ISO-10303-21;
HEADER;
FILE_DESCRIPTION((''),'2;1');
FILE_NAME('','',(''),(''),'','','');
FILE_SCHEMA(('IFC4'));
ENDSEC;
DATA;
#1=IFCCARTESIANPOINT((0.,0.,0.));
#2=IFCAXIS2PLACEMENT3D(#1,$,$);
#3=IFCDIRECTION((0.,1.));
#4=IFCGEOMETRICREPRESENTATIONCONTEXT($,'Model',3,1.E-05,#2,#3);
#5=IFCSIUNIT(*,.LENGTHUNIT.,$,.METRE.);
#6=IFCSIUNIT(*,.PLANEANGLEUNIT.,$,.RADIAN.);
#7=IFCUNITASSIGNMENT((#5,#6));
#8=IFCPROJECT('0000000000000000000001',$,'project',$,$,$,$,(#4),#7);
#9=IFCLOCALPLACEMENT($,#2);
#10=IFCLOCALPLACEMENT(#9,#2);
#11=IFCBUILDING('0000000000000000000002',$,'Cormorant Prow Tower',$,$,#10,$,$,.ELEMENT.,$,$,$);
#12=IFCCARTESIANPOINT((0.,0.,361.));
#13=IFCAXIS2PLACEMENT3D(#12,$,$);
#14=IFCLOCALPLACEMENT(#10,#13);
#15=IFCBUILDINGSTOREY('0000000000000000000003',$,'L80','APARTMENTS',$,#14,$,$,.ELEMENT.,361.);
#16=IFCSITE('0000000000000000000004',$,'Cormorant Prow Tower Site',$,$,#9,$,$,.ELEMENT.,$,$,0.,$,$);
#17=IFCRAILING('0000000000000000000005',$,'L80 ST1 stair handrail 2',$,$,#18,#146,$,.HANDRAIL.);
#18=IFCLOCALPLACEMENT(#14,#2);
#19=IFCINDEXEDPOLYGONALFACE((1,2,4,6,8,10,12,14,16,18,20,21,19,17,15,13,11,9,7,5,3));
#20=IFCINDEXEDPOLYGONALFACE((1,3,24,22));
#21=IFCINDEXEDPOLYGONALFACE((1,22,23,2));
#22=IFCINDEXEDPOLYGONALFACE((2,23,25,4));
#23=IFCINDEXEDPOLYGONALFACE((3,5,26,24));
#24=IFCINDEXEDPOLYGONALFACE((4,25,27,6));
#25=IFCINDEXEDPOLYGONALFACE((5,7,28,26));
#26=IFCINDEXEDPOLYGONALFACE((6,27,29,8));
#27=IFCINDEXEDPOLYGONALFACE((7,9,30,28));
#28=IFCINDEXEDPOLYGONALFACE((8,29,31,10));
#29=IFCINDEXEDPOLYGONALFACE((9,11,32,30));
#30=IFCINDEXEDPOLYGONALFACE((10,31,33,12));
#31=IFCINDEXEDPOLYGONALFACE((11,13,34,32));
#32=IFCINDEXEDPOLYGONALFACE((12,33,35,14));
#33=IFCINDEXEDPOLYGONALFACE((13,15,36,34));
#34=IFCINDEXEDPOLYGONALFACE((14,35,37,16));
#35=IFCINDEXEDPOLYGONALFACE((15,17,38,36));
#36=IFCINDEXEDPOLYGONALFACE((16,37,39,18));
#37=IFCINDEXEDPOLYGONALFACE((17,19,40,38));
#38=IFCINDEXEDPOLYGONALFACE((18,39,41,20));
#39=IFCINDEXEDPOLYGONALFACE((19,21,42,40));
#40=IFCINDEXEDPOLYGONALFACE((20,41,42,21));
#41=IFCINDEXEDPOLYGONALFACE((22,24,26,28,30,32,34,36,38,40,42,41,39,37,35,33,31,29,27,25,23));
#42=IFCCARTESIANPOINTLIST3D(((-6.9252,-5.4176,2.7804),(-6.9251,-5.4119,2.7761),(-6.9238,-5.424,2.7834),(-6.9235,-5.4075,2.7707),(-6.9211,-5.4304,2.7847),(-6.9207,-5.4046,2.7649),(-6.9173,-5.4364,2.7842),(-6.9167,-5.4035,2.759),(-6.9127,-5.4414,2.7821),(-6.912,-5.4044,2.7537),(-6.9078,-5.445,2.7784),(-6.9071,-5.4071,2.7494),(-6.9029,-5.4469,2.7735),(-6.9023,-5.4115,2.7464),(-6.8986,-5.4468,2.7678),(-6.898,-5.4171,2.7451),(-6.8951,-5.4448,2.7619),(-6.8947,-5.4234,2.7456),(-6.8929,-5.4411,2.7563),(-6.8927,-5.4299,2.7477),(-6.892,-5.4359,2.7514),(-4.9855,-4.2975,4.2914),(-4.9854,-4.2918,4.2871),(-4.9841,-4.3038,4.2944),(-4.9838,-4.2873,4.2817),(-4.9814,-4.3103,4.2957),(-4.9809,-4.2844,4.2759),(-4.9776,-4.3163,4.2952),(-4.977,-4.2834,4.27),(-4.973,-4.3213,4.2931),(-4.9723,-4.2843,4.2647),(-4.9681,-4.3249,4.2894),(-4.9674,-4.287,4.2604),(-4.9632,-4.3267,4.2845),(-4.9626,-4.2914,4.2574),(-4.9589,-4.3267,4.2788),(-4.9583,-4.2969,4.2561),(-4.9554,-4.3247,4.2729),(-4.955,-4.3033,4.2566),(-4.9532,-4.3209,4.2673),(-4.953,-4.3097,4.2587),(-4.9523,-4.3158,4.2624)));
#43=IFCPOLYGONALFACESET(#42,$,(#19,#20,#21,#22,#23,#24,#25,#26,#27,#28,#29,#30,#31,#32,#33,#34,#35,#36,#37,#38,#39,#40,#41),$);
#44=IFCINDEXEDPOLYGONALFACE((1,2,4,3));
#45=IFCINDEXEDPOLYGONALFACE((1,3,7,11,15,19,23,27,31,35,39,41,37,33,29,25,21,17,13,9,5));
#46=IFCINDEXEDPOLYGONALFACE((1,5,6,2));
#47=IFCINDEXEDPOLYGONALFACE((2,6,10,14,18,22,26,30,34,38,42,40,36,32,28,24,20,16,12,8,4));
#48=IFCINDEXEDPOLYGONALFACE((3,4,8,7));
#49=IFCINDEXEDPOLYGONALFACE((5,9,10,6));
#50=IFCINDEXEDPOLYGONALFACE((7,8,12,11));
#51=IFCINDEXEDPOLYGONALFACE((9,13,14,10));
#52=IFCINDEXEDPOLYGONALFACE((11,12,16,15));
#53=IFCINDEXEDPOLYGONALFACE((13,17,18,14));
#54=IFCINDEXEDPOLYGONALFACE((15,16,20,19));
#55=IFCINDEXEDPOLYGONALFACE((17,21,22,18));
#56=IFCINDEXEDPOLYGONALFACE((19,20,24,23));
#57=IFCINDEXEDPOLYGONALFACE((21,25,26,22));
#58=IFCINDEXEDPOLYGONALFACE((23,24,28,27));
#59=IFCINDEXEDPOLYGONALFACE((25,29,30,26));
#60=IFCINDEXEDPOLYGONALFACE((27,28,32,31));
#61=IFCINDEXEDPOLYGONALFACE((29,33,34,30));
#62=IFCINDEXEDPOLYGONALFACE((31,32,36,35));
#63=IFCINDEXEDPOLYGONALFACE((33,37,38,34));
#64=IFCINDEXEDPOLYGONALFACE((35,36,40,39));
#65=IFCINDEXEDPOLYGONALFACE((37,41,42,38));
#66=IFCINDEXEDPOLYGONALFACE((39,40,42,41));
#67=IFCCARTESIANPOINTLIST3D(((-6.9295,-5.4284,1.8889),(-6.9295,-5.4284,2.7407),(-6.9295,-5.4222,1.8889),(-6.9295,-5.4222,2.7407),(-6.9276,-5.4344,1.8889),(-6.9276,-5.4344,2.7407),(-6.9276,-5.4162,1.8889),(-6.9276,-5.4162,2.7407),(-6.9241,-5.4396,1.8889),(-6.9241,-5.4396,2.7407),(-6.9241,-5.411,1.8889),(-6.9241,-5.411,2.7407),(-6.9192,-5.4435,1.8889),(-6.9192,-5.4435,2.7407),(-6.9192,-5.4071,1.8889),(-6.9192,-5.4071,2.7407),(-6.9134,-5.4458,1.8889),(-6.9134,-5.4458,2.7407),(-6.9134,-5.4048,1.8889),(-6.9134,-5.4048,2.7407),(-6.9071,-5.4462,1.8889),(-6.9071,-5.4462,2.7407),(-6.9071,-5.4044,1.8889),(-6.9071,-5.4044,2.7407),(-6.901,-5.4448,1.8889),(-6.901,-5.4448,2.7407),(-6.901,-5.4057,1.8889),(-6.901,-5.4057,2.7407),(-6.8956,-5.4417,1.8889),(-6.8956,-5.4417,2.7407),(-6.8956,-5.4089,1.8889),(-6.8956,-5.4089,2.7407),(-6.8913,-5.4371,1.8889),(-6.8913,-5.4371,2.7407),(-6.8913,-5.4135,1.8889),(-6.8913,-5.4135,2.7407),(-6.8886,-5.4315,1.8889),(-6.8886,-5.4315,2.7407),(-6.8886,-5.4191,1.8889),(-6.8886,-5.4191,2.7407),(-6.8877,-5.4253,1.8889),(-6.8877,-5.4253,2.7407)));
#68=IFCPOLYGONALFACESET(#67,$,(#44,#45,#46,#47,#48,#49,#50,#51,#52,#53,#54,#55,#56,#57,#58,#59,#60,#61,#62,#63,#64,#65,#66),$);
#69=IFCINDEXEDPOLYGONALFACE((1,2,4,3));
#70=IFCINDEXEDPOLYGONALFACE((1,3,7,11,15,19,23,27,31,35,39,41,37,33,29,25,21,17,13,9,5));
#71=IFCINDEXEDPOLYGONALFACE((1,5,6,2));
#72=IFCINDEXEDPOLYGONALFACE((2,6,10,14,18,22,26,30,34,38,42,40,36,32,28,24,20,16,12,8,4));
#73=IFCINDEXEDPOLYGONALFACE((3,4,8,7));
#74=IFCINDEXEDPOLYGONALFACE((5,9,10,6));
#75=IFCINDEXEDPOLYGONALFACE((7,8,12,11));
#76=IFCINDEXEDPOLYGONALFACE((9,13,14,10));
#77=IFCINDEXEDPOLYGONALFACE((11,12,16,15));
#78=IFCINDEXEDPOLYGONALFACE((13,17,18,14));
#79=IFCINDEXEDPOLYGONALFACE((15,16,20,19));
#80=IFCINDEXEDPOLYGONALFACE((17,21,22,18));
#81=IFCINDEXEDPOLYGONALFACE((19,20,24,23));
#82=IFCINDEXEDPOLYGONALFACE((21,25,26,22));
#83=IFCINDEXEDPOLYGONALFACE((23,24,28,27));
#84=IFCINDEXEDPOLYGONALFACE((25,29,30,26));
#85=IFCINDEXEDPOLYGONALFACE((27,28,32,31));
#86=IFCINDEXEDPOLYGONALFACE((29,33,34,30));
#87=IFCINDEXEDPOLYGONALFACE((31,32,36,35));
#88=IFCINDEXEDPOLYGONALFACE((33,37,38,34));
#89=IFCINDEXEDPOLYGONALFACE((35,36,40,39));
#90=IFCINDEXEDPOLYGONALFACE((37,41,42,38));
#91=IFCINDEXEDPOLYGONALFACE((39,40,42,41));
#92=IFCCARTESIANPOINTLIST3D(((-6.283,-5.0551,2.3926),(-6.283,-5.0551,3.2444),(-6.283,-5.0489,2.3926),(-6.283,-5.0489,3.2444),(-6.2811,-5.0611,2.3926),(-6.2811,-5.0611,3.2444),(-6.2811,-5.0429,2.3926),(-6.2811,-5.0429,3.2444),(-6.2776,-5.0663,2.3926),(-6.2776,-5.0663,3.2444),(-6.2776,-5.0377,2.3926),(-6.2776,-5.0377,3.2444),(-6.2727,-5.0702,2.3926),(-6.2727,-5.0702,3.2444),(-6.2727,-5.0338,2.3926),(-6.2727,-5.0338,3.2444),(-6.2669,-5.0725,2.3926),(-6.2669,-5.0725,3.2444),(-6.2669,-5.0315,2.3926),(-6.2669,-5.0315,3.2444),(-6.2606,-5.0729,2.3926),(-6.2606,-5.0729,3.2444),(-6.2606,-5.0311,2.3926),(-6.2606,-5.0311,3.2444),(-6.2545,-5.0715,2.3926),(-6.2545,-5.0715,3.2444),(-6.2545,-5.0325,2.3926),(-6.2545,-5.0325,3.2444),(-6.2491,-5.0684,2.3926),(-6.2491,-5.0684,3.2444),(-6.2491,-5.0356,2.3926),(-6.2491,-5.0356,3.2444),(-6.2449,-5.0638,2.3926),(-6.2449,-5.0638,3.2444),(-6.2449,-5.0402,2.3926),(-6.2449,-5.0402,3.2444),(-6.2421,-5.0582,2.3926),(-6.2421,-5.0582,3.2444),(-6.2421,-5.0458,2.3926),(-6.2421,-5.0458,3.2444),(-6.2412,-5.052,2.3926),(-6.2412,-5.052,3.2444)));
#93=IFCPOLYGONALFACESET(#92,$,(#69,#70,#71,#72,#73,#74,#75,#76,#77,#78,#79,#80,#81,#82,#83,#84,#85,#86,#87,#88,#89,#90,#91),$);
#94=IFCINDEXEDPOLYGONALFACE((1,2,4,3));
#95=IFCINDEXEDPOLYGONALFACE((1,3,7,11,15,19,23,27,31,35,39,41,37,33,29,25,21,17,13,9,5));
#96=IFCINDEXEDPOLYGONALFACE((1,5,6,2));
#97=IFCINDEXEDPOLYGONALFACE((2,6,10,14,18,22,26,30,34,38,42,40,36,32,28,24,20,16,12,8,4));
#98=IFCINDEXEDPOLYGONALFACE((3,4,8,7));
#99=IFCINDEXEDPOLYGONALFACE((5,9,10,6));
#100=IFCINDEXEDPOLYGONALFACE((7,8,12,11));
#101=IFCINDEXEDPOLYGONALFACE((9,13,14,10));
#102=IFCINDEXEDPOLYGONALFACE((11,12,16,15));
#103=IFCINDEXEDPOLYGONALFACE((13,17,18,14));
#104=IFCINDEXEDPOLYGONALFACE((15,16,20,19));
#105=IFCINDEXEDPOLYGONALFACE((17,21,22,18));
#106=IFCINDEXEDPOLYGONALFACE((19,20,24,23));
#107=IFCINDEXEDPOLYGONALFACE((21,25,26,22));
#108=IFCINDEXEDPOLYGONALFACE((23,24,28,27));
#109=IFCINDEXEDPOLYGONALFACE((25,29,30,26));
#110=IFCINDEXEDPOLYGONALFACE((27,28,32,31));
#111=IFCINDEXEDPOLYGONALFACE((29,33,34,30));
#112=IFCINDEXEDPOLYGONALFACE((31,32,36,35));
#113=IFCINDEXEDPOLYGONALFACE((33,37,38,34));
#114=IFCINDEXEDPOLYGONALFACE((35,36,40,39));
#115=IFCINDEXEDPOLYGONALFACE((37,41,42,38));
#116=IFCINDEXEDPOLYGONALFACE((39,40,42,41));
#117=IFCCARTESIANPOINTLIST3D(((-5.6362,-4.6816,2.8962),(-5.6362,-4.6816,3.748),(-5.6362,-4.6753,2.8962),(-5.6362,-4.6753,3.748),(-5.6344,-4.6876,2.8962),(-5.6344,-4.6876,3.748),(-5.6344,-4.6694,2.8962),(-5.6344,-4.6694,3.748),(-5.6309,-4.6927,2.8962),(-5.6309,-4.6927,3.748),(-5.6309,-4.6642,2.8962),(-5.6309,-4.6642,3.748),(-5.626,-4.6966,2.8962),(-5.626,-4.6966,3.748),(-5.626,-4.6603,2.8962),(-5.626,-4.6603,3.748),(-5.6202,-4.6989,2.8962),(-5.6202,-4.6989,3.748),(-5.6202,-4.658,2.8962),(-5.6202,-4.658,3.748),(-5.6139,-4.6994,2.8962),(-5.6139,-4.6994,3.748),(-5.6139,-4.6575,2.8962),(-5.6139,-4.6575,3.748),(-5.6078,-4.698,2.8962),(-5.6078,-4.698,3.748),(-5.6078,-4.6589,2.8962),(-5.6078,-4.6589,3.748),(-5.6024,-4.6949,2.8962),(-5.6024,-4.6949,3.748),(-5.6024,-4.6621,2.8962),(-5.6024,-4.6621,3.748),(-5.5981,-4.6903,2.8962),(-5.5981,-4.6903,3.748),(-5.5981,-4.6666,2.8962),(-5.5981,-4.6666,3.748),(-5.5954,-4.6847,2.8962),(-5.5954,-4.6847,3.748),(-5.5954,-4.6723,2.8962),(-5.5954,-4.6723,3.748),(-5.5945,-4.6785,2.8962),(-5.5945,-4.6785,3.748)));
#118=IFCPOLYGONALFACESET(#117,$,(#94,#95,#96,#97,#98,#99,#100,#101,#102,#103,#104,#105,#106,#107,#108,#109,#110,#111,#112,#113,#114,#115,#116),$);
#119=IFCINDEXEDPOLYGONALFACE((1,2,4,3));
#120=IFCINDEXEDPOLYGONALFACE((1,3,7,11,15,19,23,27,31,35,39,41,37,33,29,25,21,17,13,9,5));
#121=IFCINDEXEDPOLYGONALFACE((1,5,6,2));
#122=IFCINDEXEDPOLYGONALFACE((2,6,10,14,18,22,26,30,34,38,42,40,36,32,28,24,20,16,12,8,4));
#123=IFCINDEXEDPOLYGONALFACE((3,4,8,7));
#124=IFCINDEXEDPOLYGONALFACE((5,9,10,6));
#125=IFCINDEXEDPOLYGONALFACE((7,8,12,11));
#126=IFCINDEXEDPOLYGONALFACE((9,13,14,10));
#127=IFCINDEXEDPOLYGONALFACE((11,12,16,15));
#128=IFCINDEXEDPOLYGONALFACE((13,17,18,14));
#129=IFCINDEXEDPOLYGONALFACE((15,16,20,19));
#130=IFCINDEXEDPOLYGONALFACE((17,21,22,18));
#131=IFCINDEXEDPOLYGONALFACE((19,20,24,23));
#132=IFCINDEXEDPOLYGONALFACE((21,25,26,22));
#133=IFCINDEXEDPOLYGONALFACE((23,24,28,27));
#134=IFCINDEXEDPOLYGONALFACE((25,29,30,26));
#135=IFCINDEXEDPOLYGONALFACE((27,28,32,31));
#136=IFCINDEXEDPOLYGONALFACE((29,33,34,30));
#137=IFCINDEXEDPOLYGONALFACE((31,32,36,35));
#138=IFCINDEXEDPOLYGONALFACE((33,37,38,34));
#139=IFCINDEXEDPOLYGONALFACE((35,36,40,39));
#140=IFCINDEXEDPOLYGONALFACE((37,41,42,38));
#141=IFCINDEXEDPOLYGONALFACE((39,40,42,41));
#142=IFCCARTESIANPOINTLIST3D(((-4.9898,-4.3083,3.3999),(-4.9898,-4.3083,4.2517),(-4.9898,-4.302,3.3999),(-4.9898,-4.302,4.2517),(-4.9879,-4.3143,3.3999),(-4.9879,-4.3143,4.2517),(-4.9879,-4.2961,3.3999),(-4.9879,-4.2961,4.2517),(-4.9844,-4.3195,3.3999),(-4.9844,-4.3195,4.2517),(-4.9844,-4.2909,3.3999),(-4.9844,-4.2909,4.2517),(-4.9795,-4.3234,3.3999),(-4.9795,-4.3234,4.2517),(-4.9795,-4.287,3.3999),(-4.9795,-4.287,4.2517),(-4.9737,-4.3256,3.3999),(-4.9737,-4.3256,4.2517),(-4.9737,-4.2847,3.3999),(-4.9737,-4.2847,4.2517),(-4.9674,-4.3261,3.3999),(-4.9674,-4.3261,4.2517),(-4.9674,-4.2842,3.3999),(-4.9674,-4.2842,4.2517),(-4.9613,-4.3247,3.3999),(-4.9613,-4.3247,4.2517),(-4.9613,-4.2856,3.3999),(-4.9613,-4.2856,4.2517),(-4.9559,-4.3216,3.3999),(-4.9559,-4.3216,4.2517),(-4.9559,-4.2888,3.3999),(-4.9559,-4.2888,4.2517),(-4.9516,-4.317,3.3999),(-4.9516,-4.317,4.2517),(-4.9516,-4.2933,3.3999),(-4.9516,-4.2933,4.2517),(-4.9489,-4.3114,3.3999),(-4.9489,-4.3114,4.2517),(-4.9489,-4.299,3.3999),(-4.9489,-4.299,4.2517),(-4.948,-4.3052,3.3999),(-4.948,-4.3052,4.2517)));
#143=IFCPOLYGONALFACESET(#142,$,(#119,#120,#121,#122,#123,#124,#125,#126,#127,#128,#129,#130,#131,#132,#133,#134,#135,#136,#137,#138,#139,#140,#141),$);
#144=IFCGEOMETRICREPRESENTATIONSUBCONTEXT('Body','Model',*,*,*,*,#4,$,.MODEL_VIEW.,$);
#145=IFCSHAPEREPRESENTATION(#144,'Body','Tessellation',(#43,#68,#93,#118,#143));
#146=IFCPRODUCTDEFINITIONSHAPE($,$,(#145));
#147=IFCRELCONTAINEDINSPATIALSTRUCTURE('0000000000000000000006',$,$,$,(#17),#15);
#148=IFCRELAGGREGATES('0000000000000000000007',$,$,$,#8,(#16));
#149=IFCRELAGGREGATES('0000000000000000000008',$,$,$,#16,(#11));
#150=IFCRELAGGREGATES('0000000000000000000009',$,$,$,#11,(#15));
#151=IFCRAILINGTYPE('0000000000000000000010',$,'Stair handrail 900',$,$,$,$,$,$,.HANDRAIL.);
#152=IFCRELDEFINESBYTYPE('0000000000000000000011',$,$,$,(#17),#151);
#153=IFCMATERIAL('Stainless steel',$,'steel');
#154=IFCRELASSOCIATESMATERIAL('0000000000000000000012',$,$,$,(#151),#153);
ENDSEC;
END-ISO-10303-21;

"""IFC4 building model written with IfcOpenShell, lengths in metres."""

from ifc_helpers import new_model, si_unit, direction, frame, origin, origin_2d, place, context, subcontext, project, spatial, circle, extrude, material, type_object, element, save


model = new_model("IFC4")

# Units and contexts
model_context = context("Model", 3, precision=1e-05, world=origin(), true_north=direction((0.0, 1.0)))
body_context = subcontext(model_context, "Body", "Model", "MODEL_VIEW")
ifc_project = project(units=[si_unit("LENGTHUNIT", "METRE"), si_unit("PLANEANGLEUNIT", "RADIAN")], contexts=[model_context])

# Site, building, storey
site_placement = place(None, origin())
site = spatial("IfcSite", under=ifc_project, at=site_placement, Name="Cormorant Prow Tower Site", CompositionType="ELEMENT", RefElevation=0.0)
building_placement = place(site_placement, origin())
building = spatial("IfcBuilding", under=site, at=building_placement, Name="Cormorant Prow Tower", CompositionType="ELEMENT")
storey_placement = place(building_placement, frame((0.0, 0.0, 361.0)))
storey = spatial("IfcBuildingStorey", under=building, at=storey_placement, Name="L80", Description="APARTMENTS", CompositionType="ELEMENT", Elevation=361.0)

# Railing
ifc_material_1 = material(Name="Stainless steel", Category="steel")
railing_type_1 = type_object("IfcRailingType", Name="Stair handrail 900", PredefinedType="HANDRAIL", material=ifc_material_1)
railing_1_placement = place(storey_placement, frame((-6.9087, -5.4253, 1.8889)))
element("IfcRailing", 1, at=railing_1_placement, inside=storey, type_object=railing_type_1, Name="L80 ST1 stair handrail 2", PredefinedType="HANDRAIL", context=body_context, shape_type="SweptSolid", body=[
    extrude(circle(Radius=0.0239, at=origin_2d()), frame((0.0, 0.0, 0.876), z_axis=(0.717906, 0.414569, 0.559235), x_axis=(-0.500078, 0.86598, 0.0)), (0.0, 0.0, 1.0), 2.7019),
    extrude(circle(Radius=0.021, at=origin_2d()), origin(), (0.0, 0.0, 1.0), 0.8518),
    extrude(circle(Radius=0.021, at=origin_2d()), frame((0.6465, 0.3733, 0.5037)), (0.0, 0.0, 1.0), 0.8518),
    extrude(circle(Radius=0.021, at=origin_2d()), frame((1.2932, 0.7468, 1.0073)), (0.0, 0.0, 1.0), 0.8518),
    extrude(circle(Radius=0.021, at=origin_2d()), frame((1.9397, 1.1201, 1.511)), (0.0, 0.0, 1.0), 0.8518),
])

save(model, "model.ifc")
